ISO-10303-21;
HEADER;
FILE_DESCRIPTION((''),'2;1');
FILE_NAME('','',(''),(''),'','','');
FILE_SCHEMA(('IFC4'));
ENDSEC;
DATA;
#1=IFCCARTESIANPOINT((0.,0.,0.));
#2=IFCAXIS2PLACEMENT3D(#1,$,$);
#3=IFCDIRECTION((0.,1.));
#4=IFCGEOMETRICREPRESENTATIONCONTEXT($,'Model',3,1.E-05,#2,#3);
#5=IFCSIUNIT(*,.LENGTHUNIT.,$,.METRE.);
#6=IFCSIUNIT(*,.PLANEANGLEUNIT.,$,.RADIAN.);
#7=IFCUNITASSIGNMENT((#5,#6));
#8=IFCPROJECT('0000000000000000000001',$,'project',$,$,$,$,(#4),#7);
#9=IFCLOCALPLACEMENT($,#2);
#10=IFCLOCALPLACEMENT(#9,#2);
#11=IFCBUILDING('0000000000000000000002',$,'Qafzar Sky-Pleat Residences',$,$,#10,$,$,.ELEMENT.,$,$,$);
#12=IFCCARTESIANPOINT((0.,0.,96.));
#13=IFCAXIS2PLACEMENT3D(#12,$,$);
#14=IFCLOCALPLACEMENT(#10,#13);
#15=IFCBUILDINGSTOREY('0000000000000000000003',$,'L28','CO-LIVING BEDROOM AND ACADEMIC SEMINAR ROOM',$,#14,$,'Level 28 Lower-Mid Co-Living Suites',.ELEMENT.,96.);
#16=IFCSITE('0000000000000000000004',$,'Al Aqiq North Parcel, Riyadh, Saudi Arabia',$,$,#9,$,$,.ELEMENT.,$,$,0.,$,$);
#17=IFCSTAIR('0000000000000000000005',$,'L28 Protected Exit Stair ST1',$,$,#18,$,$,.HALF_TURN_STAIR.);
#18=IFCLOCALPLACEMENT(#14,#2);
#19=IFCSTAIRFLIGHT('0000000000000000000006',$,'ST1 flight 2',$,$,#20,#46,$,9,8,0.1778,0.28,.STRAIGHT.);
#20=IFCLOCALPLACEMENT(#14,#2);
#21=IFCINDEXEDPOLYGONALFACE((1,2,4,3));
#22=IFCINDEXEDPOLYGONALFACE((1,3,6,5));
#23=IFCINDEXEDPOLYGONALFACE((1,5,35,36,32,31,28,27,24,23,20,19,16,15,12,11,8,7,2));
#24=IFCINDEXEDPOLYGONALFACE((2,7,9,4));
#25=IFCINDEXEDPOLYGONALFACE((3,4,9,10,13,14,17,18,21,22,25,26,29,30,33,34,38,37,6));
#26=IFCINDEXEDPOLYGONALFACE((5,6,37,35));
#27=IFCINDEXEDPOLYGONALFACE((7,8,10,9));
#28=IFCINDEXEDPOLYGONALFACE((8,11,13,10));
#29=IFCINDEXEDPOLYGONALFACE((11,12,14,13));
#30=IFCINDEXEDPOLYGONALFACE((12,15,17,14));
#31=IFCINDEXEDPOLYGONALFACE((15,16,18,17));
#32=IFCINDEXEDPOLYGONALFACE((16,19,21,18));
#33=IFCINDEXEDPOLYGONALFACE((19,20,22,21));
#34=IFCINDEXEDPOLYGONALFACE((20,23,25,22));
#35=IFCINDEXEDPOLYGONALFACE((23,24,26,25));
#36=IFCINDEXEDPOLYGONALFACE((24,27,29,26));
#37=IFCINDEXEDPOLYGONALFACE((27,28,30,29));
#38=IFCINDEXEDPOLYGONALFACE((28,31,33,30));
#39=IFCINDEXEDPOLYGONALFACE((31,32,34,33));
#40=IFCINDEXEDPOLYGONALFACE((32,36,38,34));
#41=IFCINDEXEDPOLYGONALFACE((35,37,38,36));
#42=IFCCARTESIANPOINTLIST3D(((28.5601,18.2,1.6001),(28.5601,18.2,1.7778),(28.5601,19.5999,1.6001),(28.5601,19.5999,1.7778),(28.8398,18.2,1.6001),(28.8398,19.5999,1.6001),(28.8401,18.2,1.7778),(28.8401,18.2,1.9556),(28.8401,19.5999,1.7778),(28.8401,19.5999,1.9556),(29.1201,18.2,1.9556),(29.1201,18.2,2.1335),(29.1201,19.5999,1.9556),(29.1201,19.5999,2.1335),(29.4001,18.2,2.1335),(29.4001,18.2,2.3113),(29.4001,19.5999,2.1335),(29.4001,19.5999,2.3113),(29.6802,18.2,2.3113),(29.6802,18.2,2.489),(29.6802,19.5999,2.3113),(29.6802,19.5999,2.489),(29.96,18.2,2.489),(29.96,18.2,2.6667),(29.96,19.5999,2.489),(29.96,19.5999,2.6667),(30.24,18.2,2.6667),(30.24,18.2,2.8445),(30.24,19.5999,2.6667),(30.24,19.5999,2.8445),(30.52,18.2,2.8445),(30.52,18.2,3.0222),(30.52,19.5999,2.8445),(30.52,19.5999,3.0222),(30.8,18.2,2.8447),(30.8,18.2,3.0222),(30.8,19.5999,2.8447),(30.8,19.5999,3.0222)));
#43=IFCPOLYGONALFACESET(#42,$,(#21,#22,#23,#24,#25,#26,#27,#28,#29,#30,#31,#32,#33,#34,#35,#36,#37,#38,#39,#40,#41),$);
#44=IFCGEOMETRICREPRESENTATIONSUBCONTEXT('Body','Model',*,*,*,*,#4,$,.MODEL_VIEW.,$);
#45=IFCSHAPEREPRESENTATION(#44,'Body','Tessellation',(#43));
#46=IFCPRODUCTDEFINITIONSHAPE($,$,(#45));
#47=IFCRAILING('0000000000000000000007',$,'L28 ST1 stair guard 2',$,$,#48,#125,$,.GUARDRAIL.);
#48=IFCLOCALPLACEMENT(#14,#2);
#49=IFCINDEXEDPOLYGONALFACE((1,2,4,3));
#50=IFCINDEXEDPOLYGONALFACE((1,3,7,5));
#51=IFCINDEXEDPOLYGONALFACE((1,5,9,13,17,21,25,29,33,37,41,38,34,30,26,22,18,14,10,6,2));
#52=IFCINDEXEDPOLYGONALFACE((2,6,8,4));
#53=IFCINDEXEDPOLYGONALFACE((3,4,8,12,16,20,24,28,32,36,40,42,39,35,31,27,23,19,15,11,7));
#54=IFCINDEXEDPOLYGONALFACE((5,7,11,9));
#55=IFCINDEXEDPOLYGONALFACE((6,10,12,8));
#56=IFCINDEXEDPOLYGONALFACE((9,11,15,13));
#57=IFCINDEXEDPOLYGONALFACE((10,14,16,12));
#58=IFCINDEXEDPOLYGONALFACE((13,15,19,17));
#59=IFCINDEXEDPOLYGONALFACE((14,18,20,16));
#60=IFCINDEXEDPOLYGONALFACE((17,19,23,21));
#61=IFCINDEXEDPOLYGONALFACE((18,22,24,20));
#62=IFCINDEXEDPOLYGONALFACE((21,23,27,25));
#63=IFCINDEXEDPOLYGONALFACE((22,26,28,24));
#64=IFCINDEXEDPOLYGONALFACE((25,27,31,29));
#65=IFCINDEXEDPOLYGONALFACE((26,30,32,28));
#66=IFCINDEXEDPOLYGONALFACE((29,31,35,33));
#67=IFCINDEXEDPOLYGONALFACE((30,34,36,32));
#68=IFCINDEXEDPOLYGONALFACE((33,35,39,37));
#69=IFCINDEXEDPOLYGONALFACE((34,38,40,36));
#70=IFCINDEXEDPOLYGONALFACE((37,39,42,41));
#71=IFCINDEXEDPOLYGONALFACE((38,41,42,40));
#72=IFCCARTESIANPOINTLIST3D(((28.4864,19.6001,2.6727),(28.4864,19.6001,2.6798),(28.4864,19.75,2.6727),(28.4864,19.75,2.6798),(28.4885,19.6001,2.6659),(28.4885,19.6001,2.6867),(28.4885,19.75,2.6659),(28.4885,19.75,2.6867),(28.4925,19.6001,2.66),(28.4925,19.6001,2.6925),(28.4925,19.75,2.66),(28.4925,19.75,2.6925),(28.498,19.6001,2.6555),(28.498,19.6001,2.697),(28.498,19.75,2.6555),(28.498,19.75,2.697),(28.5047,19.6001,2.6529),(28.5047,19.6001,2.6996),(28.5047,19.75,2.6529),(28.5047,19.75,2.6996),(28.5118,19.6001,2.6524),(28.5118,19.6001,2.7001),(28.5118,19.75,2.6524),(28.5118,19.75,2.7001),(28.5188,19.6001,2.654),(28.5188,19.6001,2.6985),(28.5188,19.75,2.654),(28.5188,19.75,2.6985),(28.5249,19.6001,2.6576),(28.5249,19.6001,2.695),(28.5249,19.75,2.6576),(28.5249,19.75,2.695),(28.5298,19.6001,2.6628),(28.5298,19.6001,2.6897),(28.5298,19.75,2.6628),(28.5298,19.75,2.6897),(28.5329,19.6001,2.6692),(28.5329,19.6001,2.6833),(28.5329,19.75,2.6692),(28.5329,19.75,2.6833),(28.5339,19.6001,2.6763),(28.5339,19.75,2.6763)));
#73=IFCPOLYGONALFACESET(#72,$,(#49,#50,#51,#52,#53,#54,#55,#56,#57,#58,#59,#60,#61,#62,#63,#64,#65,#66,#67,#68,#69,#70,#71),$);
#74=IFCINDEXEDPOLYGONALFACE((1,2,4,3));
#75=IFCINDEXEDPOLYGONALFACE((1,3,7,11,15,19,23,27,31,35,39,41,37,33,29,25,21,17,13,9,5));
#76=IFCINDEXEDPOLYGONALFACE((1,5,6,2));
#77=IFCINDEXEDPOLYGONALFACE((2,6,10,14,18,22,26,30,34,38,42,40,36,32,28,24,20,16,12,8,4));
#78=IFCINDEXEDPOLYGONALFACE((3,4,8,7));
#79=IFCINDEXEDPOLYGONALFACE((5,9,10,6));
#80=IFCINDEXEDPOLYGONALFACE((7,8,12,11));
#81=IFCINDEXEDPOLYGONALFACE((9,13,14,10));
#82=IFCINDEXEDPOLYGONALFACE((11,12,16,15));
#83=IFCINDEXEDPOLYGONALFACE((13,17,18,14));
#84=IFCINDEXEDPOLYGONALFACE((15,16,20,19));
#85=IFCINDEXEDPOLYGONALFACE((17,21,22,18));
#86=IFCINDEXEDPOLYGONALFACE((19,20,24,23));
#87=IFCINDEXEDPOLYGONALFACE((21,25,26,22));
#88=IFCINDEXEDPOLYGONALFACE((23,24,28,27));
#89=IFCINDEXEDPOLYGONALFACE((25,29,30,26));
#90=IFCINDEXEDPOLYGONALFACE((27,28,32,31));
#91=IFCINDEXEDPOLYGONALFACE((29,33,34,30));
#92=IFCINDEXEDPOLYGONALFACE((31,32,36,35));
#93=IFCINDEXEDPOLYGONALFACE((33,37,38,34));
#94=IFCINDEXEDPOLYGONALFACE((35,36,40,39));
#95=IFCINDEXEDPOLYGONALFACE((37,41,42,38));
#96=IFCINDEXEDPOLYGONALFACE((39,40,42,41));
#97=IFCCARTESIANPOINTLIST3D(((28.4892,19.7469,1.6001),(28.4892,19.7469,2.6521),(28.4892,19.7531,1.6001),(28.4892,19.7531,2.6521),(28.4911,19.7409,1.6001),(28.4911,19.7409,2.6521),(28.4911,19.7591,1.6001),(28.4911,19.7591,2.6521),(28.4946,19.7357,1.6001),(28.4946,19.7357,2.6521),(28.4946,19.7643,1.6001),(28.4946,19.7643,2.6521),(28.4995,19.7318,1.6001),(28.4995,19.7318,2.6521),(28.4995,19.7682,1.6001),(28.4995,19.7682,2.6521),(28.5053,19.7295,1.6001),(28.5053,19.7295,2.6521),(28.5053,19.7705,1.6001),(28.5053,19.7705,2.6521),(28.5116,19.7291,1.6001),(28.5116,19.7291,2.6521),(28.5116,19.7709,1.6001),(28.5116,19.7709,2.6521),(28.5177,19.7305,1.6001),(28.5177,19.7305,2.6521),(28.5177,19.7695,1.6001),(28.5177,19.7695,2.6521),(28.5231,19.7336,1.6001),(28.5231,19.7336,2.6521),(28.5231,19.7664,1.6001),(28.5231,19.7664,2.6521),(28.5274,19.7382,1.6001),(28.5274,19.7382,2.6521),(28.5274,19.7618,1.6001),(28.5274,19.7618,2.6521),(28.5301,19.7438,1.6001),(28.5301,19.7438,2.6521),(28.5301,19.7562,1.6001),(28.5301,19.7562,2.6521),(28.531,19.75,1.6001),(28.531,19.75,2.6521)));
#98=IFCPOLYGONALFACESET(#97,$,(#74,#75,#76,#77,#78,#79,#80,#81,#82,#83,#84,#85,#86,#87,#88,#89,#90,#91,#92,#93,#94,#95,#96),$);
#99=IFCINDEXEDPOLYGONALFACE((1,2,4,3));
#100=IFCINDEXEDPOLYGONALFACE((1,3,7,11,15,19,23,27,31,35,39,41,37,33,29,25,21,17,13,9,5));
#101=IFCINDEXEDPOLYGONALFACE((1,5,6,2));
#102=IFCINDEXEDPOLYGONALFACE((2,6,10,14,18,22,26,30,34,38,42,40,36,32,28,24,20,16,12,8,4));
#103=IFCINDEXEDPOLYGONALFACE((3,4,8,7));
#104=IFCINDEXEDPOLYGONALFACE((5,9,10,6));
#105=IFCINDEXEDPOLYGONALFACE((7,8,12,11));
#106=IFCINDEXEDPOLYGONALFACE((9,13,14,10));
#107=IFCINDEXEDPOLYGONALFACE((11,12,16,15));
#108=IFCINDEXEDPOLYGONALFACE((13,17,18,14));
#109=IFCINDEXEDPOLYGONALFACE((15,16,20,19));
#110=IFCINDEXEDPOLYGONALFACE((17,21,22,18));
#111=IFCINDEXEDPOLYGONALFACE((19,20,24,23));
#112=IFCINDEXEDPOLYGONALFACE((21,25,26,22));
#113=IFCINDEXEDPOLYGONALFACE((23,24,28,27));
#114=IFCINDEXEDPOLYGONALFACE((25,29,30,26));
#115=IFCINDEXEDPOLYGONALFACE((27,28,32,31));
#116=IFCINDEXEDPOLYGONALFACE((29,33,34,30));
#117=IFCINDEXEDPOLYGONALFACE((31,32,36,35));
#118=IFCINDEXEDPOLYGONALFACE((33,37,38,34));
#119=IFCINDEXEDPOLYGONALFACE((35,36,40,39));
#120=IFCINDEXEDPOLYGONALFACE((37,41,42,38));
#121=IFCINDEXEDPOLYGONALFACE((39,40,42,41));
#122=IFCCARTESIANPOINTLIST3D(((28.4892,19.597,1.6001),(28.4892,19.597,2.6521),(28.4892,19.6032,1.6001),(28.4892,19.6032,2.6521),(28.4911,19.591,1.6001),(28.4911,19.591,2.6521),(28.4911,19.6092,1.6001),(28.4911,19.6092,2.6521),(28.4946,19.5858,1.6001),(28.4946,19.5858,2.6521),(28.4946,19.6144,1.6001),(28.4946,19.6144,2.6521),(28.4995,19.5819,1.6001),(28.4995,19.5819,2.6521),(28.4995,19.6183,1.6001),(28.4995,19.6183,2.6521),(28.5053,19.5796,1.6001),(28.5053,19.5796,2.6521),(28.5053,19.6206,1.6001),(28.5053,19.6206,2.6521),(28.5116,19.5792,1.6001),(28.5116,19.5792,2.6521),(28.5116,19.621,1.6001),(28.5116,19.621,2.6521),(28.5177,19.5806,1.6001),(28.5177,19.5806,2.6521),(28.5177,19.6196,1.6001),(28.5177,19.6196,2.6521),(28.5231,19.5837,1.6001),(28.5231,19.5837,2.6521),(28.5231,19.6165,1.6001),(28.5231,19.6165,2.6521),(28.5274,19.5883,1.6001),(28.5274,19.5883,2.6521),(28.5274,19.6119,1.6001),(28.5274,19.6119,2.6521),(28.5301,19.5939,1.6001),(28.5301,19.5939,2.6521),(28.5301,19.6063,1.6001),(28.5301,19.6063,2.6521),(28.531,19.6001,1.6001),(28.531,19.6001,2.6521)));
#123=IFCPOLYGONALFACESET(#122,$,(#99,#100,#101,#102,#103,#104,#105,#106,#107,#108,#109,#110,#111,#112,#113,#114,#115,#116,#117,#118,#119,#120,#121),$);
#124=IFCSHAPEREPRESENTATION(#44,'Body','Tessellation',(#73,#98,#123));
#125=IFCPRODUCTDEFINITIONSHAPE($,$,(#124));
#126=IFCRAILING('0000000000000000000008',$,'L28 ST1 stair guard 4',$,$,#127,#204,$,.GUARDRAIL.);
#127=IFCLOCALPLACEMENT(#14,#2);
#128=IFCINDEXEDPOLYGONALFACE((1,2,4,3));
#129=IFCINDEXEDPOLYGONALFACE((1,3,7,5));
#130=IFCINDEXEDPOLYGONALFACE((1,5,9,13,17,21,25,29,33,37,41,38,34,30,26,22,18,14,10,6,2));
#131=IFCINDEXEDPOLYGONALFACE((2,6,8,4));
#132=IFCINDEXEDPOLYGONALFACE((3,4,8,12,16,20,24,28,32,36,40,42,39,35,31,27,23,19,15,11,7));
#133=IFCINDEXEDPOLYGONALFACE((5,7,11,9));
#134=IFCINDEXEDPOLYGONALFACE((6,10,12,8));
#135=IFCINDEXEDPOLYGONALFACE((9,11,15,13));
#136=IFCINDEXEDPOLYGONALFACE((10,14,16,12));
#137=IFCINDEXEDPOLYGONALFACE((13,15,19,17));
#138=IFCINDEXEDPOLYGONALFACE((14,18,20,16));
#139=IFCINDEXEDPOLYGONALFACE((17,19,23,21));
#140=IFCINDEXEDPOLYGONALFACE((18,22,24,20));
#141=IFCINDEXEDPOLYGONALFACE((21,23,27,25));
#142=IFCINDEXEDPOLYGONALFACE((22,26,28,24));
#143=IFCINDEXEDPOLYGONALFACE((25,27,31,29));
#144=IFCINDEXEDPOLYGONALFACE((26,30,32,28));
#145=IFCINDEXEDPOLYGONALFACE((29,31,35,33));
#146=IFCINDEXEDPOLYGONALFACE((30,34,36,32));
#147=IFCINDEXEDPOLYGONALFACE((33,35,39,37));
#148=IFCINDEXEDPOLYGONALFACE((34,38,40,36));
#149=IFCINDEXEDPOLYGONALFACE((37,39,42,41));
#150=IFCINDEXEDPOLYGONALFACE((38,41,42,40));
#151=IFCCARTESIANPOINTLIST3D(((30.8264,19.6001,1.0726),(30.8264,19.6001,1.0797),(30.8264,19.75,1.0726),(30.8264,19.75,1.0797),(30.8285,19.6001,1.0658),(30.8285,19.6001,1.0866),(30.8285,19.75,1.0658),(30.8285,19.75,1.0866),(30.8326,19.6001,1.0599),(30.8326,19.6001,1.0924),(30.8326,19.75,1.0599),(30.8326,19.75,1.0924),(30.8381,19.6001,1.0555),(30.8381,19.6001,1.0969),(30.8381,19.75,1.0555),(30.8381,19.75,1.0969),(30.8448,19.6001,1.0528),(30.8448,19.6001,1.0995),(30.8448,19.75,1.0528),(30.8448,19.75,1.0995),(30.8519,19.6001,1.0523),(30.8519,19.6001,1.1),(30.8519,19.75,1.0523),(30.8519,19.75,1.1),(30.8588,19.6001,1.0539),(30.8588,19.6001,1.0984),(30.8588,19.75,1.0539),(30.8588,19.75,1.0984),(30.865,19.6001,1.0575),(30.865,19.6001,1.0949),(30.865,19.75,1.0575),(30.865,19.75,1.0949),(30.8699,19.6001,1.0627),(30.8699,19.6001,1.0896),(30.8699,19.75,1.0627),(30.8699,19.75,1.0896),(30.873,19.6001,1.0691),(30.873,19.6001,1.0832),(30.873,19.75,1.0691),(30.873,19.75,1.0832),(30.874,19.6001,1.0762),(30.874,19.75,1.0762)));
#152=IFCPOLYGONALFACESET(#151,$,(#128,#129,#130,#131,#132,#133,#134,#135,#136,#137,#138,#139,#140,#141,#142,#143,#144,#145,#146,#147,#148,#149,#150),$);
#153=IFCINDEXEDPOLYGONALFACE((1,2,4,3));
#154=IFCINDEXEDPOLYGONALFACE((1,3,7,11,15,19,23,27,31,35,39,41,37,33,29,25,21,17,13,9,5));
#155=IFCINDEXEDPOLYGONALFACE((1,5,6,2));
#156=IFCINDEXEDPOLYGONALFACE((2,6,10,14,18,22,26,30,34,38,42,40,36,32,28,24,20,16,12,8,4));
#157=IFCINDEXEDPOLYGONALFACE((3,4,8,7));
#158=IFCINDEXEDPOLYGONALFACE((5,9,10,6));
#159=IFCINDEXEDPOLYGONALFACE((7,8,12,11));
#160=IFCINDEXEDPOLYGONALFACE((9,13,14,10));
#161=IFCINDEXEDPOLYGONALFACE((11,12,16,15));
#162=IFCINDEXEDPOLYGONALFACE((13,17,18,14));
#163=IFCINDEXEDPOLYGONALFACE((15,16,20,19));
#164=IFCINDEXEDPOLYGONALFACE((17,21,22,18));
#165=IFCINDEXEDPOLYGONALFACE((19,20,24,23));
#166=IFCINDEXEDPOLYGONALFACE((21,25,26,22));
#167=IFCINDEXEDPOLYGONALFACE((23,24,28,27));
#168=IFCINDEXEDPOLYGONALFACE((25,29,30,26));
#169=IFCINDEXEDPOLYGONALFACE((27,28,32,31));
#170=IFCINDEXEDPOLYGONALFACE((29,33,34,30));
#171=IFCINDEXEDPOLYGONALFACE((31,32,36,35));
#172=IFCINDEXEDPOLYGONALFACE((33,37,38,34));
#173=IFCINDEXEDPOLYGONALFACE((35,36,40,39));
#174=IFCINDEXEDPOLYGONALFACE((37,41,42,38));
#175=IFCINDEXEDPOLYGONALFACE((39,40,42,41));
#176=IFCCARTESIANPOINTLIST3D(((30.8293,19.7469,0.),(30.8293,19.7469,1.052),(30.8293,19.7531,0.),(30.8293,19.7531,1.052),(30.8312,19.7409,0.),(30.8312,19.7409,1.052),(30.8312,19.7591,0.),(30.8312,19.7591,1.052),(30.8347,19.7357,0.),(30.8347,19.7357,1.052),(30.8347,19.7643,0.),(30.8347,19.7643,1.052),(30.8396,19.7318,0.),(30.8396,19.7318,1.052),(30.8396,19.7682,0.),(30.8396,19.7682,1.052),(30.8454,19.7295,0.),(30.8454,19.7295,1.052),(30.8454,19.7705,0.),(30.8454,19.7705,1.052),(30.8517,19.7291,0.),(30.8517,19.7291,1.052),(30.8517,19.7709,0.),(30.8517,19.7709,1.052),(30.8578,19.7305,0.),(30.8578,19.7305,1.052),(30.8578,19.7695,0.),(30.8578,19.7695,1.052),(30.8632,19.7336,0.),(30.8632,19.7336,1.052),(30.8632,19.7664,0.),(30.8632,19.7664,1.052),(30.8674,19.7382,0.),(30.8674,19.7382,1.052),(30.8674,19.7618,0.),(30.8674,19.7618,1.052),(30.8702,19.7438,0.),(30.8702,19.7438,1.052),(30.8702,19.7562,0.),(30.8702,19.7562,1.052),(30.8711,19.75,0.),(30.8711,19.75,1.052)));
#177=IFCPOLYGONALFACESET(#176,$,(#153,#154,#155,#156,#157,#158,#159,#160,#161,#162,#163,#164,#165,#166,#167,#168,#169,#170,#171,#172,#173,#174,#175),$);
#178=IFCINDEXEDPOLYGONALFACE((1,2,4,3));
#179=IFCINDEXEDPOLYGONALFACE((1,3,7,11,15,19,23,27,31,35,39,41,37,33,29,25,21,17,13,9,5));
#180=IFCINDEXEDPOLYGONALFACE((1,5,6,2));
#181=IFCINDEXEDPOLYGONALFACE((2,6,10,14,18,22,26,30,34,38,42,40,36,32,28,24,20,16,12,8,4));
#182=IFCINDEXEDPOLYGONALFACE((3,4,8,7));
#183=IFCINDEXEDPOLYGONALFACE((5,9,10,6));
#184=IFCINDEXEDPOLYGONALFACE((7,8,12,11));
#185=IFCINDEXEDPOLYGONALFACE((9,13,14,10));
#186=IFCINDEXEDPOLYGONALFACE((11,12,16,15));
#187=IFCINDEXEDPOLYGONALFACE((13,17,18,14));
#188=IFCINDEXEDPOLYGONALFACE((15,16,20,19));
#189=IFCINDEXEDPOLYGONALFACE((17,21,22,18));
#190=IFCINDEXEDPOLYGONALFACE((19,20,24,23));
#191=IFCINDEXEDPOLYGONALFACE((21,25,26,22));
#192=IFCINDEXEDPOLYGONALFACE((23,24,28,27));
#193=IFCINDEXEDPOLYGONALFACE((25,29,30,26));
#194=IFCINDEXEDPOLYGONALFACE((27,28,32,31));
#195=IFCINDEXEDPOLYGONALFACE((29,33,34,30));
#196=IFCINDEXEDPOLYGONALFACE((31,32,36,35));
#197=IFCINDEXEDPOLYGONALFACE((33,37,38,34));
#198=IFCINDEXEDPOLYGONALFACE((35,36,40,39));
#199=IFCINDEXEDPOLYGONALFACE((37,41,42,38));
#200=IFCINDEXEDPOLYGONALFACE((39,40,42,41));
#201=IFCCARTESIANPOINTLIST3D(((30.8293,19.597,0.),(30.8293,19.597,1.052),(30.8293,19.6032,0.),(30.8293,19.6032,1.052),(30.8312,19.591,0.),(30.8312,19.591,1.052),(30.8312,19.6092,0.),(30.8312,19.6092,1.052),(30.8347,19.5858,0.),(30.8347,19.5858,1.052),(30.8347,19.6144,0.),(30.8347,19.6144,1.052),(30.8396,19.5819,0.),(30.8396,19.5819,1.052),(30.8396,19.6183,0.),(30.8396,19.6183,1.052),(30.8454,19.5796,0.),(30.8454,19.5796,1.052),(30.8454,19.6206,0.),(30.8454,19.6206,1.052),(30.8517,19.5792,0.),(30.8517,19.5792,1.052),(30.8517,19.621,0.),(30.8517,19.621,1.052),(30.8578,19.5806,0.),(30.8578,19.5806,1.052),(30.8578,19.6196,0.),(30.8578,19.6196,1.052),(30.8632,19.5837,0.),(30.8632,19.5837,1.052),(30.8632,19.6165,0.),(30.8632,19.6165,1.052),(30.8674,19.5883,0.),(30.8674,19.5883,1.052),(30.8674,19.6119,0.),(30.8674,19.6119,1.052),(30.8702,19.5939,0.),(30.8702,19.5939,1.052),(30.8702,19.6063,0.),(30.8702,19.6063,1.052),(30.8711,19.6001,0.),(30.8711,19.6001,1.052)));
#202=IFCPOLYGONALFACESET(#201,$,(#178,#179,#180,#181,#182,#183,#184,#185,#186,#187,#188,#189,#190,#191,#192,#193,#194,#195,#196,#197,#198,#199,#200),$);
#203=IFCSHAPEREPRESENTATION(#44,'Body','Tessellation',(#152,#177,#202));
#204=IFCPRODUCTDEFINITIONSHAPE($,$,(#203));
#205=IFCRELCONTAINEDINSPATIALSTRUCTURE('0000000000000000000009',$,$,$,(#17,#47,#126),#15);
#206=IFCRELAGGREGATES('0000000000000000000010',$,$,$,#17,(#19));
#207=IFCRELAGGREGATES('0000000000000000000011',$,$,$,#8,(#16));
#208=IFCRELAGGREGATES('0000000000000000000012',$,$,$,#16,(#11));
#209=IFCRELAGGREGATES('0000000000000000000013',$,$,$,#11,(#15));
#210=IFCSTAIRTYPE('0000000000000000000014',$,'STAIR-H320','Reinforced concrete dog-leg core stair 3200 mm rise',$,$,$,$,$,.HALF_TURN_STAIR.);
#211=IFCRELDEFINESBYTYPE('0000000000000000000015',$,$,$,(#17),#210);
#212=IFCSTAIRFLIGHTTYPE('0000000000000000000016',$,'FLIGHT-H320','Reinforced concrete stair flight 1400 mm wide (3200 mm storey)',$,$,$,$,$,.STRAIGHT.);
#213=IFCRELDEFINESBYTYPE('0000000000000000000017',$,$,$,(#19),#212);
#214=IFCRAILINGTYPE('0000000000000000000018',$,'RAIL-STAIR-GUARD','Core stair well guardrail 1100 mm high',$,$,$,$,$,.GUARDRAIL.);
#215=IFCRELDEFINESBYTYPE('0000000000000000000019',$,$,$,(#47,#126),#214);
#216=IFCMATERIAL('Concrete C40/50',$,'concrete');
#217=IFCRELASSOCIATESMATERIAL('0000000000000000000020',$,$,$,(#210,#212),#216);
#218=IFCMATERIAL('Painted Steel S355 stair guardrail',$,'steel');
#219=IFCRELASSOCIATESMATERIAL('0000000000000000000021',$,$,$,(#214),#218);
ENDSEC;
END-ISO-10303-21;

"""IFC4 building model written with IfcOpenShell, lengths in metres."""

from ifc_helpers import new_model, si_unit, direction, frame, origin, origin_2d, place, context, subcontext, project, spatial, polyline, circle, outline, extrude, source, transform, mapped, material, type_object, element, aggregate, save


model = new_model("IFC4")

# Units and contexts
model_context = context("Model", 3, precision=1e-05, world=origin(), true_north=direction((0.0, 1.0)))
body_context = subcontext(model_context, "Body", "Model", "MODEL_VIEW")
ifc_project = project(units=[si_unit("LENGTHUNIT", "METRE"), si_unit("PLANEANGLEUNIT", "RADIAN")], contexts=[model_context])

# Site, building, storey
site_placement = place(None, origin())
site = spatial("IfcSite", under=ifc_project, at=site_placement, Name="Al Aqiq North Parcel, Riyadh, Saudi Arabia", CompositionType="ELEMENT", RefElevation=0.0)
building_placement = place(site_placement, origin())
building = spatial("IfcBuilding", under=site, at=building_placement, Name="Qafzar Sky-Pleat Residences", CompositionType="ELEMENT")
storey_placement = place(building_placement, frame((0.0, 0.0, 96.0)))
storey = spatial("IfcBuildingStorey", under=building, at=storey_placement, Name="L28", Description="CO-LIVING BEDROOM AND ACADEMIC SEMINAR ROOM", LongName="Level 28 Lower-Mid Co-Living Suites", CompositionType="ELEMENT", Elevation=96.0)

# Stair, stair flight
ifc_material_1 = material(Name="Concrete C40/50", Category="concrete")
stair_type = type_object("IfcStairType", Name="STAIR-H320", Description="Reinforced concrete dog-leg core stair 3200 mm rise", PredefinedType="HALF_TURN_STAIR", material=ifc_material_1)
stair_placement = place(storey_placement, origin())
stair = element("IfcStair", 1, at=stair_placement, inside=storey, type_object=stair_type, Name="L28 Protected Exit Stair ST1", PredefinedType="HALF_TURN_STAIR")
stair_flight_type = type_object("IfcStairFlightType", Name="FLIGHT-H320", Description="Reinforced concrete stair flight 1400 mm wide (3200 mm storey)", PredefinedType="STRAIGHT", material=ifc_material_1)
shared_shape_1 = source(origin(), body_context, "Body", "SweptSolid", [
    extrude(outline(polyline([(0.0, 0.0), (0.0, 0.1777), (0.28, 0.1777), (0.28, 0.3555), (0.5601, 0.3555), (0.5601, 0.5334), (0.8401, 0.5334), (0.8401, 0.7112), (1.1201, 0.7112), (1.1201, 0.8889), (1.3999, 0.8889), (1.3999, 1.0667), (1.6799, 1.0667), (1.6799, 1.2444), (1.96, 1.2444), (1.96, 1.4221), (2.24, 1.4221), (2.24, 1.6001), (2.24, 1.2446), (0.2798, 0.0), (0.0, 0.0)])), frame((0.0, 0.7, 0.0), z_axis=(0.0, -1.0, 0.0), x_axis=(1.0, 0.0, 0.0)), (0.0, 0.0, 1.0), 1.3999),
])
stair_flight_1_placement = place(storey_placement, frame((28.5601, 18.8999, 1.6001), z_axis=(0.0, 0.0, 1.0), x_axis=(1.0, 0.0, 0.0)))
stair_flight_1 = element("IfcStairFlight", 2, at=stair_flight_1_placement, type_object=stair_flight_type, Name="ST1 flight 2", NumberOfRisers=9, NumberOfTreads=8, PredefinedType="STRAIGHT", RiserHeight=0.1778, TreadLength=0.28, context=body_context, shape_type="MappedRepresentation", body=[
    mapped(shared_shape_1, transform((0.0, 0.0, 0.0), x_axis=(1.0, 0.0, 0.0), y_axis=(0.0, 1.0, 0.0), z_axis=(0.0, 0.0, 1.0), scale=1.0)),
])
aggregate(stair, [stair_flight_1])

# Railings
ifc_material_2 = material(Name="Painted Steel S355 stair guardrail", Category="steel")
railing_type_1 = type_object("IfcRailingType", Name="RAIL-STAIR-GUARD", Description="Core stair well guardrail 1100 mm high", PredefinedType="GUARDRAIL", material=ifc_material_2)
shared_shape_2 = source(origin(), body_context, "Body", "SweptSolid", [
    extrude(circle(Radius=0.0239, at=origin_2d()), frame((0.0, 0.0, 1.0762), z_axis=(0.0, -1.0, 0.0), x_axis=(1.0, 0.0, 0.0)), (0.0, 0.0, 1.0), 0.1499),
    extrude(circle(Radius=0.021, at=origin_2d()), origin(), (0.0, 0.0, 1.0), 1.052),
    extrude(circle(Radius=0.021, at=origin_2d()), frame((0.0, -0.1499, 0.0)), (0.0, 0.0, 1.0), 1.052),
])
for number, where, name in (
    (3, (28.51, 19.75, 1.6001), "L28 ST1 stair guard 2"),
    (4, (30.8501, 19.75, 0.0), "L28 ST1 stair guard 4"),
):
    element("IfcRailing", number, at=place(storey_placement, frame(where)), inside=storey, type_object=railing_type_1, Name=name, PredefinedType="GUARDRAIL", context=body_context, shape_type="MappedRepresentation", body=[
        mapped(shared_shape_2, transform((0.0, 0.0, 0.0), x_axis=(1.0, 0.0, 0.0), y_axis=(0.0, 1.0, 0.0), z_axis=(0.0, 0.0, 1.0), scale=1.0)),
    ])

save(model, "model.ifc")
